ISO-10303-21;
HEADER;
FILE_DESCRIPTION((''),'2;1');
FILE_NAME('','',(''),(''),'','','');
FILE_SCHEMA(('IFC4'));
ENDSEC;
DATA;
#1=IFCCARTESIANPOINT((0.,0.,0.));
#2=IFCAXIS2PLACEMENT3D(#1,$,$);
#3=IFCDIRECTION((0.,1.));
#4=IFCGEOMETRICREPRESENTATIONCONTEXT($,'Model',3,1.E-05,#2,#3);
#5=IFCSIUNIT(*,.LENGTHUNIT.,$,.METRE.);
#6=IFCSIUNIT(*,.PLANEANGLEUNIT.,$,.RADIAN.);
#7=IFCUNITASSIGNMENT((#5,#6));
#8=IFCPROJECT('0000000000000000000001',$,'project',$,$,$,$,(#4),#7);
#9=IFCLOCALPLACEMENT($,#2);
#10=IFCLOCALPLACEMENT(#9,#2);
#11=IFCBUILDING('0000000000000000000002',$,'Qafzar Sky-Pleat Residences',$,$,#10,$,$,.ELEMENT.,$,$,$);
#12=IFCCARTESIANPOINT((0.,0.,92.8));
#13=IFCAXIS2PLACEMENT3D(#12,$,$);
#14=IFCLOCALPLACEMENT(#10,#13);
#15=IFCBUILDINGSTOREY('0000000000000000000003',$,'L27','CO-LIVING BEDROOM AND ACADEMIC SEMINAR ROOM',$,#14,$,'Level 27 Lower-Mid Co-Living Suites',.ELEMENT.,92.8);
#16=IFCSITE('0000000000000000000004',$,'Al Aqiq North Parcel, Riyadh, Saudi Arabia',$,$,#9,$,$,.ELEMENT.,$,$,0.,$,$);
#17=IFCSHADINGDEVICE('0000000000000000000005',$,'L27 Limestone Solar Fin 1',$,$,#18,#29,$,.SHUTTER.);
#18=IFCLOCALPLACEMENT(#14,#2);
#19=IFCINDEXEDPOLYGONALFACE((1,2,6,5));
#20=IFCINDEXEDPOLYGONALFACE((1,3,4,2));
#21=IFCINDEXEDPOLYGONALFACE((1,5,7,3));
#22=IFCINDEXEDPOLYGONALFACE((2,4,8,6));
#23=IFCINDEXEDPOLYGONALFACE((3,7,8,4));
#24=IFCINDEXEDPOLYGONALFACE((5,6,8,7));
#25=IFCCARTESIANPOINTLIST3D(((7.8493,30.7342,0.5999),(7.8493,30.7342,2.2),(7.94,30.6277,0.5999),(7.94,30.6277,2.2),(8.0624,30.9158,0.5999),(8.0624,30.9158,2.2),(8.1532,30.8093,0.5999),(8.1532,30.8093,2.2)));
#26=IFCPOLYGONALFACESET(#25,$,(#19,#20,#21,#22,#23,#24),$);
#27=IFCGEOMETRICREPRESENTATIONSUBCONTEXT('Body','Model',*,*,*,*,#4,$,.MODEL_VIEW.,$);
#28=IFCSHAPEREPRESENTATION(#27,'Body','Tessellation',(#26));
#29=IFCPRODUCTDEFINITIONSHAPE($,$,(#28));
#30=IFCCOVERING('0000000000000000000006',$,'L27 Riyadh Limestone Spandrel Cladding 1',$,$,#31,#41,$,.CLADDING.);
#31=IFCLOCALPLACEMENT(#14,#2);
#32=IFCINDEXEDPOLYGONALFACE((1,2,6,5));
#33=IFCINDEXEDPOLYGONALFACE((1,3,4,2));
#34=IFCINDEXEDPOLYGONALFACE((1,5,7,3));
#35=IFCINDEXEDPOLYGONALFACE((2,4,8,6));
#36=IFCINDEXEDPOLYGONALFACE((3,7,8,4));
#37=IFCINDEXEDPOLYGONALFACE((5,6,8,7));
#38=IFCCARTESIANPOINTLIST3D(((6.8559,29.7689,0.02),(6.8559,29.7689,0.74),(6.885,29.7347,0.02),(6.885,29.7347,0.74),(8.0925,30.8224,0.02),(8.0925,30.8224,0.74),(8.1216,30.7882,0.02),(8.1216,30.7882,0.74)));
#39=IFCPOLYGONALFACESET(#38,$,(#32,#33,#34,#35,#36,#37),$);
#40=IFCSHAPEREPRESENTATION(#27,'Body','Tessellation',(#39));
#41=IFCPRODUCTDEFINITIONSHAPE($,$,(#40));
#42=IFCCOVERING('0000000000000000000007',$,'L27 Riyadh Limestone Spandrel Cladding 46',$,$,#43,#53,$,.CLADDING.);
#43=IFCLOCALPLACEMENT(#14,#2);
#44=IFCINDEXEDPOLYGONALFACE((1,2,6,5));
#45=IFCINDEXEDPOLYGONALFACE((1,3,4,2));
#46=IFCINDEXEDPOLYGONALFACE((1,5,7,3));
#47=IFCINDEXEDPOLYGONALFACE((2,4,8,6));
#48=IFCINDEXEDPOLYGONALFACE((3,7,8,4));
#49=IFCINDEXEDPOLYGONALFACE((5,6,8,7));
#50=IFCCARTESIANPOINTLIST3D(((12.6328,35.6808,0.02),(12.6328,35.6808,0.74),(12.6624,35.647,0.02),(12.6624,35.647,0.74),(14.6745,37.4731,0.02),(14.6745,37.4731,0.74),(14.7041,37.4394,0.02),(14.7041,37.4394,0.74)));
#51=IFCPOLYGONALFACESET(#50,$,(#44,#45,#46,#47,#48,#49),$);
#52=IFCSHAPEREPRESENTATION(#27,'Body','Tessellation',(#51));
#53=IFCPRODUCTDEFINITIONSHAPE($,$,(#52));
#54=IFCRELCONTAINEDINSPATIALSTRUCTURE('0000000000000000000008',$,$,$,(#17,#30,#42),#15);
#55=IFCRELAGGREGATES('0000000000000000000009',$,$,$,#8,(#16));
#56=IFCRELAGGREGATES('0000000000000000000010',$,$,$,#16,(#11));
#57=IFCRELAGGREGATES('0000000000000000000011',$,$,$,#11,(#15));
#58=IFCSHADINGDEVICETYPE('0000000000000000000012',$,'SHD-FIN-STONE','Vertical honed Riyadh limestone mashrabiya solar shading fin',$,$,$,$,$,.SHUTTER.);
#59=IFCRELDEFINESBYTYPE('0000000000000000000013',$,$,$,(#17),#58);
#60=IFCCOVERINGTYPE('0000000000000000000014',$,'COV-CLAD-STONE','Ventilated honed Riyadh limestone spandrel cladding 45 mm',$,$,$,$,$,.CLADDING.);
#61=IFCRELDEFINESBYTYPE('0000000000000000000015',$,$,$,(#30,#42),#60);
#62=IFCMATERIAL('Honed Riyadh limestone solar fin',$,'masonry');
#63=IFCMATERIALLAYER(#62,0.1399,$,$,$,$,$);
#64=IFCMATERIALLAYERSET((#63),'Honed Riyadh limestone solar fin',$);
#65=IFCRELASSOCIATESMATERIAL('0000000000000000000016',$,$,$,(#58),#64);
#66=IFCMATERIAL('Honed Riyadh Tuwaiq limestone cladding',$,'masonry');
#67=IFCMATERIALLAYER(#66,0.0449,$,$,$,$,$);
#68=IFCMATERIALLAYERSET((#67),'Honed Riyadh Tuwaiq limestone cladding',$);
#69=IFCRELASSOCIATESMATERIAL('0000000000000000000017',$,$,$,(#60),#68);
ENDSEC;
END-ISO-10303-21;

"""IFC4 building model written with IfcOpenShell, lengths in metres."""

from ifc_helpers import new_model, si_unit, direction, frame, origin, origin_2d, place, context, subcontext, project, spatial, rectangle, extrude, source, transform, mapped, material, layer, layer_set, type_object, element, save


model = new_model("IFC4")

# Units and contexts
model_context = context("Model", 3, precision=1e-05, world=origin(), true_north=direction((0.0, 1.0)))
body_context = subcontext(model_context, "Body", "Model", "MODEL_VIEW")
ifc_project = project(units=[si_unit("LENGTHUNIT", "METRE"), si_unit("PLANEANGLEUNIT", "RADIAN")], contexts=[model_context])

# Site, building, storey
site_placement = place(None, origin())
site = spatial("IfcSite", under=ifc_project, at=site_placement, Name="Al Aqiq North Parcel, Riyadh, Saudi Arabia", CompositionType="ELEMENT", RefElevation=0.0)
building_placement = place(site_placement, origin())
building = spatial("IfcBuilding", under=site, at=building_placement, Name="Qafzar Sky-Pleat Residences", CompositionType="ELEMENT")
storey_placement = place(building_placement, frame((0.0, 0.0, 92.8)))
storey = spatial("IfcBuildingStorey", under=building, at=storey_placement, Name="L27", Description="CO-LIVING BEDROOM AND ACADEMIC SEMINAR ROOM", LongName="Level 27 Lower-Mid Co-Living Suites", CompositionType="ELEMENT", Elevation=92.8)

# Shading device
ifc_material_1 = material(Name="Honed Riyadh limestone solar fin", Category="masonry")
ifc_layer_1 = layer(ifc_material_1, 0.1399)
ifc_layer_set_1 = layer_set([ifc_layer_1], Name="Honed Riyadh limestone solar fin")
shading_device_type = type_object("IfcShadingDeviceType", Name="SHD-FIN-STONE", Description="Vertical honed Riyadh limestone mashrabiya solar shading fin", PredefinedType="SHUTTER", material=ifc_layer_set_1)
shared_shape_1 = source(origin(), body_context, "Body", "SweptSolid", [
    extrude(rectangle(XDim=0.1399, YDim=0.28, at=origin_2d()), origin(), (0.0, 0.0, 1.0), 1.6001),
])
shading_device_placement = place(storey_placement, frame((8.0012, 30.7717, 0.5999), z_axis=(0.0, 0.0, 1.0), x_axis=(-0.648554, 0.761169, 0.0)))
element("IfcShadingDevice", 1, at=shading_device_placement, inside=storey, type_object=shading_device_type, Name="L27 Limestone Solar Fin 1", PredefinedType="SHUTTER", context=body_context, shape_type="MappedRepresentation", body=[
    mapped(shared_shape_1, transform((0.0, 0.0, 0.0), x_axis=(1.0, 0.0, 0.0), y_axis=(0.0, 1.0, 0.0), z_axis=(0.0, 0.0, 1.0), scale=1.0)),
])

# Coverings
ifc_material_2 = material(Name="Honed Riyadh Tuwaiq limestone cladding", Category="masonry")
ifc_layer_2 = layer(ifc_material_2, 0.0449)
ifc_layer_set_2 = layer_set([ifc_layer_2], Name="Honed Riyadh Tuwaiq limestone cladding")
covering_type = type_object("IfcCoveringType", Name="COV-CLAD-STONE", Description="Ventilated honed Riyadh limestone spandrel cladding 45 mm", PredefinedType="CLADDING", material=ifc_layer_set_2)
shared_shape_2 = source(origin(), body_context, "Body", "SweptSolid", [
    extrude(rectangle(XDim=1.6245, YDim=0.0449, at=origin_2d()), origin(), (0.0, 0.0, 1.0), 0.72),
])
covering_1_placement = place(storey_placement, frame((7.4888, 30.2786, 0.02), z_axis=(0.0, 0.0, 1.0), x_axis=(-0.761201, -0.648516, 0.0)))
element("IfcCovering", 2, at=covering_1_placement, inside=storey, type_object=covering_type, Name="L27 Riyadh Limestone Spandrel Cladding 1", PredefinedType="CLADDING", context=body_context, shape_type="MappedRepresentation", body=[
    mapped(shared_shape_2, transform((0.0, 0.0, 0.0), x_axis=(1.0, 0.0, 0.0), y_axis=(0.0, 1.0, 0.0), z_axis=(0.0, 0.0, 1.0), scale=1.0)),
])
shared_shape_3 = source(origin(), body_context, "Body", "SweptSolid", [
    extrude(rectangle(XDim=2.7168, YDim=0.0449, at=origin_2d()), origin(), (0.0, 0.0, 1.0), 0.72),
])
covering_2_placement = place(storey_placement, frame((13.6685, 36.5601, 0.02), z_axis=(0.0, 0.0, 1.0), x_axis=(-0.751498, -0.659735, 0.0)))
element("IfcCovering", 3, at=covering_2_placement, inside=storey, type_object=covering_type, Name="L27 Riyadh Limestone Spandrel Cladding 46", PredefinedType="CLADDING", context=body_context, shape_type="MappedRepresentation", body=[
    mapped(shared_shape_3, transform((0.0, 0.0, 0.0), x_axis=(1.0, 0.0, 0.0), y_axis=(0.0, 1.0, 0.0), z_axis=(0.0, 0.0, 1.0), scale=1.0)),
])

save(model, "model.ifc")
